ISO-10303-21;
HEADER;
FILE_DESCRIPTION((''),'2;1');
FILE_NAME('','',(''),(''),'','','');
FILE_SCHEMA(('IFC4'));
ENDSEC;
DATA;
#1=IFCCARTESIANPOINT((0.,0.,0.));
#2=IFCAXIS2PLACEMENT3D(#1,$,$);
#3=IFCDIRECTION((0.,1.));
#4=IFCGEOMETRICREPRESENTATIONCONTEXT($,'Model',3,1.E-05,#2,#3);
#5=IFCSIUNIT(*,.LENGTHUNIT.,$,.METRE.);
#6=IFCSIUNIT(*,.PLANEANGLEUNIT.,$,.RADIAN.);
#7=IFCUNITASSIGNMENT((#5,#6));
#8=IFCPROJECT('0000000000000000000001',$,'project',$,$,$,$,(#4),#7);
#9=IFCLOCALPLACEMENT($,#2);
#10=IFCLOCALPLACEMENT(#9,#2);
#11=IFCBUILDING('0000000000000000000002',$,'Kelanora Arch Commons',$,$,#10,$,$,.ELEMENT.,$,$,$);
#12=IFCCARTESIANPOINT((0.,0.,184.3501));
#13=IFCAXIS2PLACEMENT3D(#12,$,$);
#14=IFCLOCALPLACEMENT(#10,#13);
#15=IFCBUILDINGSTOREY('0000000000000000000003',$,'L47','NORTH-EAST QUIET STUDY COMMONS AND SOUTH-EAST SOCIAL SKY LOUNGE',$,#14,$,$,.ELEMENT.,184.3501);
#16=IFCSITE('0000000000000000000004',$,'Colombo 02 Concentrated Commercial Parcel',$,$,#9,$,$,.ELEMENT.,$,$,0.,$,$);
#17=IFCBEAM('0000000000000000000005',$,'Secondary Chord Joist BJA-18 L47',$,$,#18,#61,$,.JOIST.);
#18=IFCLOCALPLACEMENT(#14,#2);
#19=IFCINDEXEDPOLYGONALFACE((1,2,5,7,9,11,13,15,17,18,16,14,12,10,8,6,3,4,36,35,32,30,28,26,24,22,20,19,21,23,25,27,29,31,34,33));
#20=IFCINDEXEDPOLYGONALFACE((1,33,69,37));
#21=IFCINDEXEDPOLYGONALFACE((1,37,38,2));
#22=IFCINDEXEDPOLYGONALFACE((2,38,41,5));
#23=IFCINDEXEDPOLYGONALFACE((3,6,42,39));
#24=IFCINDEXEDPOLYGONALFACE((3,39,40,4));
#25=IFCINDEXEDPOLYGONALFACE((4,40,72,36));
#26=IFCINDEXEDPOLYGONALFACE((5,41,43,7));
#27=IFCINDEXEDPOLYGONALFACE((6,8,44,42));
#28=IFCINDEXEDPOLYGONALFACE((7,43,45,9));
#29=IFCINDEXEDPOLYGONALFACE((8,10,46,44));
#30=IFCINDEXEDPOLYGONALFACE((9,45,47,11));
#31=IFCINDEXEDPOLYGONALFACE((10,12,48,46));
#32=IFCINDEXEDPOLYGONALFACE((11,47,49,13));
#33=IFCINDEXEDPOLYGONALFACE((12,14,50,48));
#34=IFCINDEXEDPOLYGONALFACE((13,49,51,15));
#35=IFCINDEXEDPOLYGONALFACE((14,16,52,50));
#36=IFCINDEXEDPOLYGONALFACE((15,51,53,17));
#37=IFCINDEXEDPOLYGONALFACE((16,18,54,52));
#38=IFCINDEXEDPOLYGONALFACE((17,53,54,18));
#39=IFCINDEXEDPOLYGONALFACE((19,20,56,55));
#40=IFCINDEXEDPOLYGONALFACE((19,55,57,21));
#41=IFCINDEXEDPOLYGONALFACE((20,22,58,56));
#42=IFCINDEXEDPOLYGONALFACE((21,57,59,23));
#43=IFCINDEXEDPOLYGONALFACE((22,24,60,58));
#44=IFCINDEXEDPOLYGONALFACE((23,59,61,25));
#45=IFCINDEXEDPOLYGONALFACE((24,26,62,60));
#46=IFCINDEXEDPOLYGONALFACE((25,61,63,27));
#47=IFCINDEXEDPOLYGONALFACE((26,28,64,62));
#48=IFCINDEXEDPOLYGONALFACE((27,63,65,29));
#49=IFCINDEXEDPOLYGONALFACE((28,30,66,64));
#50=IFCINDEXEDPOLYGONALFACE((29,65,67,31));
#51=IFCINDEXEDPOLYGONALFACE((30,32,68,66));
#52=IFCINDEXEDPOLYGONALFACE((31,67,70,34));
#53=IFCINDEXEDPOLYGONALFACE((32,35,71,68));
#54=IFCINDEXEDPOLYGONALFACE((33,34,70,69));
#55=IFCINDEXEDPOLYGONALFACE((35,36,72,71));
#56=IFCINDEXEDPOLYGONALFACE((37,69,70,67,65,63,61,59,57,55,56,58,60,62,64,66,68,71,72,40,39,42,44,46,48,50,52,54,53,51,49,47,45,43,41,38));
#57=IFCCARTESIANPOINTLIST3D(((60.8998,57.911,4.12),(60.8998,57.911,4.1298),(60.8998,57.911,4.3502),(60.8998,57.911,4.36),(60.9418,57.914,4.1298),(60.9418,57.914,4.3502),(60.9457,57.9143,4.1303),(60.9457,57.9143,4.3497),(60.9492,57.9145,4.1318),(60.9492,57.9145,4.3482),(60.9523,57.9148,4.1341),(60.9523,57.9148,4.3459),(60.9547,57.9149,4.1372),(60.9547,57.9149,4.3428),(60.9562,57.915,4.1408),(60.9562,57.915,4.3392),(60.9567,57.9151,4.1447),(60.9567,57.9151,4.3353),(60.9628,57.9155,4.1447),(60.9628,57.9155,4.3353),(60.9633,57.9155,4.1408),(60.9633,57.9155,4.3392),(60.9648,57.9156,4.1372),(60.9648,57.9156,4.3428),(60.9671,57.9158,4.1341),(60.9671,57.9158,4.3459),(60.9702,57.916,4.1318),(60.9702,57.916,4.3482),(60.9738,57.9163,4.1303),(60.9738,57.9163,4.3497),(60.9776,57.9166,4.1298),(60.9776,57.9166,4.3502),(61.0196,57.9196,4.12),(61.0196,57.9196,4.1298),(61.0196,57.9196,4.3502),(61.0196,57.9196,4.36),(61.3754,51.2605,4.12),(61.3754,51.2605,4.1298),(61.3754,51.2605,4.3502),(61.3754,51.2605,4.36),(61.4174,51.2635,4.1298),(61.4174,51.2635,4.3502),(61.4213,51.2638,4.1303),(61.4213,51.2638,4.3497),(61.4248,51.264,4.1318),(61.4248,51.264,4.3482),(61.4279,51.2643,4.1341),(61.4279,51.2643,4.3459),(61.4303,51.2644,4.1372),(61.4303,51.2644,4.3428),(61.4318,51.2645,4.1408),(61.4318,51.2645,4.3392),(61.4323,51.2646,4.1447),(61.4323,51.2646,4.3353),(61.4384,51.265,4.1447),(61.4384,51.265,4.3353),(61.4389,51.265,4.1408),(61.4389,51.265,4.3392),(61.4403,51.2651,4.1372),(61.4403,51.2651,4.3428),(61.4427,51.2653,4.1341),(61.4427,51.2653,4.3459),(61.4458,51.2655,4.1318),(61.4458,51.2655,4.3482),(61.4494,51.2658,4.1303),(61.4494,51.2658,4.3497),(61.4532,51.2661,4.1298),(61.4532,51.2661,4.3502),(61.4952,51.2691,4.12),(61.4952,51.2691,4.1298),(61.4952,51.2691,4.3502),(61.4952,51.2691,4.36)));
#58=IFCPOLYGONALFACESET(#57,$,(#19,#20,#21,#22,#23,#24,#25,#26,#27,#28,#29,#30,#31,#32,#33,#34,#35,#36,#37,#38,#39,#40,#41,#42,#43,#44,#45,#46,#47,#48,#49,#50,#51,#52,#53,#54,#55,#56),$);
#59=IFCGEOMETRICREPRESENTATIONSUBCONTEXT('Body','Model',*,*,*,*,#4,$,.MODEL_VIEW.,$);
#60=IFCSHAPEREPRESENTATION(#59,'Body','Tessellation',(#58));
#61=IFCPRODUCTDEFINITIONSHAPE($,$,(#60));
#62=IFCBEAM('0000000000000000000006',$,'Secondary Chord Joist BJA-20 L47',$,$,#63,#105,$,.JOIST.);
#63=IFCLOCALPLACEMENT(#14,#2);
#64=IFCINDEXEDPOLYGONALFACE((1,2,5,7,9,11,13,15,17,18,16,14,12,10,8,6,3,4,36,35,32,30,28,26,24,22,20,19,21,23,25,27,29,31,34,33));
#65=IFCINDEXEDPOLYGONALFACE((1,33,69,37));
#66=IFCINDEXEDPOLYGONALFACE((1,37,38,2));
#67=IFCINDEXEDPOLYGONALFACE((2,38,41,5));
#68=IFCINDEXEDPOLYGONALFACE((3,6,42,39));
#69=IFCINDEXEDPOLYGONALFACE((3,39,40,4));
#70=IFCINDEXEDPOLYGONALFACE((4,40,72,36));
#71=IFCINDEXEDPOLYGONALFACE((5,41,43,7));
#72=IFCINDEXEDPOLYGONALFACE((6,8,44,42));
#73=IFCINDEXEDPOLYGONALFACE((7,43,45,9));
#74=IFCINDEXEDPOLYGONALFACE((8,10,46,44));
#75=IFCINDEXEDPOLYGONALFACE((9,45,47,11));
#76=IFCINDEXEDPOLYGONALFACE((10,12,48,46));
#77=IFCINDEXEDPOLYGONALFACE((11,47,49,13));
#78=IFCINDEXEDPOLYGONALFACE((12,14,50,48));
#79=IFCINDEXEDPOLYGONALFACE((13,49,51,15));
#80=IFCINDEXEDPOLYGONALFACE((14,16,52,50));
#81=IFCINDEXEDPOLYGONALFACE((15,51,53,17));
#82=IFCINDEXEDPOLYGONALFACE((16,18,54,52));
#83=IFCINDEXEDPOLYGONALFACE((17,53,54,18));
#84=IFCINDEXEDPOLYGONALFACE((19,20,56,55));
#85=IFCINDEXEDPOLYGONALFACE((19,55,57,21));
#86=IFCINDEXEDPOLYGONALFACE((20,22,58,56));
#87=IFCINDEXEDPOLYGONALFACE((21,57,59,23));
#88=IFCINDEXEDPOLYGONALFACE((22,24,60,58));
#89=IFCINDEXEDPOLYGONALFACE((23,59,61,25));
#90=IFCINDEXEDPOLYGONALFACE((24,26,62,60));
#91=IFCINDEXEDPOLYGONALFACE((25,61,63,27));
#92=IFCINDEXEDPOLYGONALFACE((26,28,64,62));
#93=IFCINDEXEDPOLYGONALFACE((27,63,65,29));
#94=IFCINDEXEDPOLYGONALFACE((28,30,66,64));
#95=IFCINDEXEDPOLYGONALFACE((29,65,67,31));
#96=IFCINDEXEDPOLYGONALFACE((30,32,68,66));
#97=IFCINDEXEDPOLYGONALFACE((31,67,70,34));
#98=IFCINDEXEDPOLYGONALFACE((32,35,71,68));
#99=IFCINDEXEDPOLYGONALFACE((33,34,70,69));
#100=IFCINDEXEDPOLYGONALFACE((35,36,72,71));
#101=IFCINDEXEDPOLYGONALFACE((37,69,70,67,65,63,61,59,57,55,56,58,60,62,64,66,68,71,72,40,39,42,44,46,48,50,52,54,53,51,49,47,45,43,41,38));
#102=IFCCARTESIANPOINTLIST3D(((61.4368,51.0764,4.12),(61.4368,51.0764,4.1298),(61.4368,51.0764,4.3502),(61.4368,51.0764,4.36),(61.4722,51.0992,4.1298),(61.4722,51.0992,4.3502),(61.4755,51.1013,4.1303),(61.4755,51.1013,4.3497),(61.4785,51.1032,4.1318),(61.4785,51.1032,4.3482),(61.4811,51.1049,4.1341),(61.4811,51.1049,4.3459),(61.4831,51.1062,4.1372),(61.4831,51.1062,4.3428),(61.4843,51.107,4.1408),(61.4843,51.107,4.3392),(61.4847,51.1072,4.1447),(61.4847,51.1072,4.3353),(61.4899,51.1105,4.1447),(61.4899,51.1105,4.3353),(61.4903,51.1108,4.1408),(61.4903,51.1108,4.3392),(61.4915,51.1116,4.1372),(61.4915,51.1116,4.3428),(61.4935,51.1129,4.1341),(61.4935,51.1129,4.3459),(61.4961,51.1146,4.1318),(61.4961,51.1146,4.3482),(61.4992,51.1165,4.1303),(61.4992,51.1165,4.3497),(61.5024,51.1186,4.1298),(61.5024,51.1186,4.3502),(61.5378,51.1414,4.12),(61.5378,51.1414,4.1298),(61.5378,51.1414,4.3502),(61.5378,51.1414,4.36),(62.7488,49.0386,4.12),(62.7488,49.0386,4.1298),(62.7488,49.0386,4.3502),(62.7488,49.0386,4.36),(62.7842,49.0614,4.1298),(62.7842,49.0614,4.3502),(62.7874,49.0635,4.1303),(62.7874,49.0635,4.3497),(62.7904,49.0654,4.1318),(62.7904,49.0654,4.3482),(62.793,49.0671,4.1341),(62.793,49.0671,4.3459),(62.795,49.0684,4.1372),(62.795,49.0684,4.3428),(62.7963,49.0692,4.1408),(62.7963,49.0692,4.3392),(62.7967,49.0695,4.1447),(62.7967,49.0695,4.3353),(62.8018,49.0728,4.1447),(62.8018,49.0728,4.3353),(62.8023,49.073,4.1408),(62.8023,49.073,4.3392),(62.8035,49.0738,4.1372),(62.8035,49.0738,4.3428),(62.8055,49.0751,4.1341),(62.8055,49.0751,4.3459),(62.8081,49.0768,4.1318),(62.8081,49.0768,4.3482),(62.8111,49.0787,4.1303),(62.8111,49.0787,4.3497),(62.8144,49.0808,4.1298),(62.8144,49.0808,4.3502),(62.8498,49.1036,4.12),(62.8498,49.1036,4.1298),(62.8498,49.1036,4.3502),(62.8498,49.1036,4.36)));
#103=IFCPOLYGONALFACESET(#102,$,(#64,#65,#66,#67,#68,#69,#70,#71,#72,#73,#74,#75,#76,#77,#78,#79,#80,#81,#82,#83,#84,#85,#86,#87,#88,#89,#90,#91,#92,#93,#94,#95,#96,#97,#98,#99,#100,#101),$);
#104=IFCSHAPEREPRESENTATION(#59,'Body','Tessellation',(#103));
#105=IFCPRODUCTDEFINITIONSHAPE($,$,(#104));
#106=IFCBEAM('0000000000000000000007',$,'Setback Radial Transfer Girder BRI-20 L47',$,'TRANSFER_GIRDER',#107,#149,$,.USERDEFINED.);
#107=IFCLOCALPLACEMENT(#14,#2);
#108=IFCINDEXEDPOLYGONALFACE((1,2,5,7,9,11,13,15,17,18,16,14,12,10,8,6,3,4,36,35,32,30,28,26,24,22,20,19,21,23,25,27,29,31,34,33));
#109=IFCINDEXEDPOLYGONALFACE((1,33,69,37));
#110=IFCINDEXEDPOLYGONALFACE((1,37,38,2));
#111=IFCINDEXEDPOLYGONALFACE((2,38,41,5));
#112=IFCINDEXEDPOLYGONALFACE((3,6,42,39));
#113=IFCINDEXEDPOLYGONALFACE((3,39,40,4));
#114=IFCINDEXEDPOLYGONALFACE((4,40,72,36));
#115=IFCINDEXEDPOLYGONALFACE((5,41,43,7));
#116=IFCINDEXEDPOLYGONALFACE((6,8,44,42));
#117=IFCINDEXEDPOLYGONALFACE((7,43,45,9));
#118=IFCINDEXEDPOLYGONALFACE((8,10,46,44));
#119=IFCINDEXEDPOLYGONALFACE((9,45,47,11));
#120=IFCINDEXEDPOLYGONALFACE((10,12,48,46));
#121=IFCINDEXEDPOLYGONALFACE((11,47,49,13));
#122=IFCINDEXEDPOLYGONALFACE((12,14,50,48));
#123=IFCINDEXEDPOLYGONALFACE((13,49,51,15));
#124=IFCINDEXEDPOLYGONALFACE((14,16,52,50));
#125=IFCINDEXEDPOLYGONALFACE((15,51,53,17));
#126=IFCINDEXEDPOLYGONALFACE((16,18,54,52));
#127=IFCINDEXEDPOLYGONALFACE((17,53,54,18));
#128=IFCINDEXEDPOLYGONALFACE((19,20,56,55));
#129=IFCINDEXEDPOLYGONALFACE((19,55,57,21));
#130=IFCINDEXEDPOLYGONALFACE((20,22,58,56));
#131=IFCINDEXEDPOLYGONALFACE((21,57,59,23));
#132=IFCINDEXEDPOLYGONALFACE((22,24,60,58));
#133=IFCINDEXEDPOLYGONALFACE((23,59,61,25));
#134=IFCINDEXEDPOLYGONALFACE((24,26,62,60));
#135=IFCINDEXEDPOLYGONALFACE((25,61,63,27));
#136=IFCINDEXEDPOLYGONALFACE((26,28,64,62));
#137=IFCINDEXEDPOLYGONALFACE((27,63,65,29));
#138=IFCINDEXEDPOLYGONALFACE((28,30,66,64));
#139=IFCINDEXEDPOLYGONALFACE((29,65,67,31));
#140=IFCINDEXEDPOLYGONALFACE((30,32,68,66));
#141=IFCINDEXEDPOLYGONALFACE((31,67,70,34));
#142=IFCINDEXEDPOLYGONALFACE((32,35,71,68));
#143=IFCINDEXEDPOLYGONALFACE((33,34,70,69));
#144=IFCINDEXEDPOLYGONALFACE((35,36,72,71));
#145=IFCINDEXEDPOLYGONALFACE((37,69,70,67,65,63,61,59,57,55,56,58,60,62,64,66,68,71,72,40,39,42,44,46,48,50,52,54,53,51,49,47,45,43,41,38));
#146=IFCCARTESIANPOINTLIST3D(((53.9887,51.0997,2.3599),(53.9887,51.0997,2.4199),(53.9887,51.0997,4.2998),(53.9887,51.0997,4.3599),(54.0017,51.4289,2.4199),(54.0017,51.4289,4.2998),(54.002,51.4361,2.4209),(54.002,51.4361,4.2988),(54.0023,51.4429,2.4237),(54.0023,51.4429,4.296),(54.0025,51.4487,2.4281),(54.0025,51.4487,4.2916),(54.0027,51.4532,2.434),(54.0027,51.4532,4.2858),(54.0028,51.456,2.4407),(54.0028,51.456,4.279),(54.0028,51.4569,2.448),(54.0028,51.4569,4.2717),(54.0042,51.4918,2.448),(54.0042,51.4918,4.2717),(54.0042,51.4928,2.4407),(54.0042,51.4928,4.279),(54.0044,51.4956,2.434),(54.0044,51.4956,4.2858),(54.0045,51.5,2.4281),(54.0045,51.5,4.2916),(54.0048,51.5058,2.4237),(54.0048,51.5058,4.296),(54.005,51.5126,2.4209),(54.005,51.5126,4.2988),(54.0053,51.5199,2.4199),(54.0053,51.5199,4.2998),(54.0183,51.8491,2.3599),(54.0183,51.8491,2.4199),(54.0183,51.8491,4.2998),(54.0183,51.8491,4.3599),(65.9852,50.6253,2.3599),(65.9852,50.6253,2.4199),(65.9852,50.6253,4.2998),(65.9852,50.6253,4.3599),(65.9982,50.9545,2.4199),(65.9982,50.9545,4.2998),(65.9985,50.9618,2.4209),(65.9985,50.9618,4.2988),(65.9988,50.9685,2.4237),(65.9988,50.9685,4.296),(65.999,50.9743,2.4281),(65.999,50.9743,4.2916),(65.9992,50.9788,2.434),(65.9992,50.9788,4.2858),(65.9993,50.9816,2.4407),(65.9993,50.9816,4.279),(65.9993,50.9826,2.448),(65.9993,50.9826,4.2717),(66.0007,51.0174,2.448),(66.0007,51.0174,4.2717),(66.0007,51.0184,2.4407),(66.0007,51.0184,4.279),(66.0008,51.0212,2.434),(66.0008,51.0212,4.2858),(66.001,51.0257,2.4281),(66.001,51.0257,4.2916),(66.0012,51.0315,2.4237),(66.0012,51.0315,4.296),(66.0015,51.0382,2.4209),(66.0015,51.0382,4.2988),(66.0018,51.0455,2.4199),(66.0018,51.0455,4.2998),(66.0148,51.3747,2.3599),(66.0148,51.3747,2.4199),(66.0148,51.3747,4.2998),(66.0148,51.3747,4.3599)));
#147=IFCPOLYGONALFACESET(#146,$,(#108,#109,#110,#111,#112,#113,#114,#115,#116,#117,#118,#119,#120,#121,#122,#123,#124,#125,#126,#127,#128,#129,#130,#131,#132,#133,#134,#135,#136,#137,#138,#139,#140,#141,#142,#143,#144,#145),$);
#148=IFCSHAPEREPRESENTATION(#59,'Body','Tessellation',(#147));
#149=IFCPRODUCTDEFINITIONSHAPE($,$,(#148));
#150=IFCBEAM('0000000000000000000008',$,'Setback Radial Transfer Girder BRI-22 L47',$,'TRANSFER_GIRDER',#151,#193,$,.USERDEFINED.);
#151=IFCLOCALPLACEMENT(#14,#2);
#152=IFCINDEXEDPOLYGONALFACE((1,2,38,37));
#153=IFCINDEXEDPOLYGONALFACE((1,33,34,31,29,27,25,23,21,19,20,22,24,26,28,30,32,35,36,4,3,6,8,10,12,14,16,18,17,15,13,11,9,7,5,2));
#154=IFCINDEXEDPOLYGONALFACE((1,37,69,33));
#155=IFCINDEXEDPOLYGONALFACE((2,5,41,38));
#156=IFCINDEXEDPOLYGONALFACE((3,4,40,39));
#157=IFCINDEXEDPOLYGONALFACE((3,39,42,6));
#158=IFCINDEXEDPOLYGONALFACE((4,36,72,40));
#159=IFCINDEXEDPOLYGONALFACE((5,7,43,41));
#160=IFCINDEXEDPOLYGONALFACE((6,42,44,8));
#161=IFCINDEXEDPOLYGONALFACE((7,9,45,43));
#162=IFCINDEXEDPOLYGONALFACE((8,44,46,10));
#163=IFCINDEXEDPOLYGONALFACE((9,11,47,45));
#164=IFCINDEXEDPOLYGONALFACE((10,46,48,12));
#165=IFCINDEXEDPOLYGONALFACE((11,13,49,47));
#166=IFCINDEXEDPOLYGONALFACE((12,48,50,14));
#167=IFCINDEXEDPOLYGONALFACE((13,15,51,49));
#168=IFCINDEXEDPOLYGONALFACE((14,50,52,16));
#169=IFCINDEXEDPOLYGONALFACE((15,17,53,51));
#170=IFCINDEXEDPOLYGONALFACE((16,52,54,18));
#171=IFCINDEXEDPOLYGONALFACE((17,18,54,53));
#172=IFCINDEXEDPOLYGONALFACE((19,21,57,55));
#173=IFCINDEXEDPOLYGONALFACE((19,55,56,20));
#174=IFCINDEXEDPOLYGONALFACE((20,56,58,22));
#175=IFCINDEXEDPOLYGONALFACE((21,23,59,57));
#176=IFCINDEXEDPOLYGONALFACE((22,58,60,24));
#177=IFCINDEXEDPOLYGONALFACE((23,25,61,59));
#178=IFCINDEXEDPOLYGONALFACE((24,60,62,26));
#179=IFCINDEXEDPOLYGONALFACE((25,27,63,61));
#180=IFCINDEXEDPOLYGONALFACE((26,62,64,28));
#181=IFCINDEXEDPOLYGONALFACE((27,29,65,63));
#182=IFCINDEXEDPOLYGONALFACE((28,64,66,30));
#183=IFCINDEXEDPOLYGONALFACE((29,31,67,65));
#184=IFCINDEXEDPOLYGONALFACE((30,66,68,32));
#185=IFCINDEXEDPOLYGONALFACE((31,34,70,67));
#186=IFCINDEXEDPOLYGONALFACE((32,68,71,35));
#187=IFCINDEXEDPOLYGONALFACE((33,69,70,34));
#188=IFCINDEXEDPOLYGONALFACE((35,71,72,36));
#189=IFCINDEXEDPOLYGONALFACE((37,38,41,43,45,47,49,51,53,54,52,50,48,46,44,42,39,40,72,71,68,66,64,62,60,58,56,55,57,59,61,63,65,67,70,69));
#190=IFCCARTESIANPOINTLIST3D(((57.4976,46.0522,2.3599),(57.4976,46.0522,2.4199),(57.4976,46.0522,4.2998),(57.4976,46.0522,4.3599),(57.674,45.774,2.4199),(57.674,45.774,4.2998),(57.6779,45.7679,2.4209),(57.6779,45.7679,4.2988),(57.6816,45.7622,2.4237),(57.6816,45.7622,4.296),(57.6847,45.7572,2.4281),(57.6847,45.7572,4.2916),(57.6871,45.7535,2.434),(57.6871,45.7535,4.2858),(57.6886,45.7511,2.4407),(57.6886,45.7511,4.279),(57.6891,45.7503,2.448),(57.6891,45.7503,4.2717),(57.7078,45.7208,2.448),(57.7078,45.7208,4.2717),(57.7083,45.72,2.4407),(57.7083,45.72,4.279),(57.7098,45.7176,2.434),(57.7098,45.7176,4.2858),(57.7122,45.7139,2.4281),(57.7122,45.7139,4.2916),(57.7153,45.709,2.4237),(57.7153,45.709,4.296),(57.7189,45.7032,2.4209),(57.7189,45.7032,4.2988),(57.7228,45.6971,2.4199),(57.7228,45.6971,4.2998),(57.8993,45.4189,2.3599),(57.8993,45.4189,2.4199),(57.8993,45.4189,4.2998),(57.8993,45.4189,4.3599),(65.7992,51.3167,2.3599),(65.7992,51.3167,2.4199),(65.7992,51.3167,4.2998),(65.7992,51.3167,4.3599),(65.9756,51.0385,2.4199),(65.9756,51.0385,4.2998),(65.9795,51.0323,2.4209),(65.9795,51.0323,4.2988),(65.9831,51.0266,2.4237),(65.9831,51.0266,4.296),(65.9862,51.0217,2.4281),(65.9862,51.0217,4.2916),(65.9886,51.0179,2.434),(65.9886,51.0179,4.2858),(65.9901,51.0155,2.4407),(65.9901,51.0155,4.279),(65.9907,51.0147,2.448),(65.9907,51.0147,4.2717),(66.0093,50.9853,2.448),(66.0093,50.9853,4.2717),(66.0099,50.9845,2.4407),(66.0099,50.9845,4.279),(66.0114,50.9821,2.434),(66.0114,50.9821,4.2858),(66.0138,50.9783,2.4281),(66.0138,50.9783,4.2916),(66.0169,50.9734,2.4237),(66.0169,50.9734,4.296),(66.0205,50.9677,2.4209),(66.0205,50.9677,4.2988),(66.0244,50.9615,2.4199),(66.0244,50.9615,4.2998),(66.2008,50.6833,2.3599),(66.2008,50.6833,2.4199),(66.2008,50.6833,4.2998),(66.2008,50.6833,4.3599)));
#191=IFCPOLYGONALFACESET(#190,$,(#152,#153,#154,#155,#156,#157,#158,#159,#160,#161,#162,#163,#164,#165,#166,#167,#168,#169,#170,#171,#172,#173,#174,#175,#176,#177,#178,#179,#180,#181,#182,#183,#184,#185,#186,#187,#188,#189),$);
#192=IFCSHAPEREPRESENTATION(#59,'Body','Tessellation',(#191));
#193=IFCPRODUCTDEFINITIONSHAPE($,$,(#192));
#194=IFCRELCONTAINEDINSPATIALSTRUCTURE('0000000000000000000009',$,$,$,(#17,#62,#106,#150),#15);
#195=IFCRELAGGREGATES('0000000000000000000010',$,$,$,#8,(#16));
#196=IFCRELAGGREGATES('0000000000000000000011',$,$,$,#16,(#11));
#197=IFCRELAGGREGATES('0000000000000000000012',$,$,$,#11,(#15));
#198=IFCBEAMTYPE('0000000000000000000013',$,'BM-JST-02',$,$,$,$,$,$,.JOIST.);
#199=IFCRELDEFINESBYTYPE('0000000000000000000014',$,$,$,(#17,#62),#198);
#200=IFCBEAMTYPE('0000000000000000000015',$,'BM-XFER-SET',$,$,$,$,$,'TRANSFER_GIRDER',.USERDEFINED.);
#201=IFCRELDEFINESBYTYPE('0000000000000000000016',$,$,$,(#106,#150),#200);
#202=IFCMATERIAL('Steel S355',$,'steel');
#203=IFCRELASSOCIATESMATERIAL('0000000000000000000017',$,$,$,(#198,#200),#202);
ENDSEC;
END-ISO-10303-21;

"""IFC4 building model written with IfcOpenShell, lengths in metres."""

from ifc_helpers import new_model, si_unit, direction, frame, origin, origin_2d, place, context, subcontext, project, spatial, i_section, extrude, material, material_profile, profile_set, type_object, element, save


model = new_model("IFC4")

# Units and contexts
model_context = context("Model", 3, precision=1e-05, world=origin(), true_north=direction((0.0, 1.0)))
body_context = subcontext(model_context, "Body", "Model", "MODEL_VIEW")
ifc_project = project(units=[si_unit("LENGTHUNIT", "METRE"), si_unit("PLANEANGLEUNIT", "RADIAN")], contexts=[model_context])

# Site, building, storey
site_placement = place(None, origin())
site = spatial("IfcSite", under=ifc_project, at=site_placement, Name="Colombo 02 Concentrated Commercial Parcel", CompositionType="ELEMENT", RefElevation=0.0)
building_placement = place(site_placement, origin())
building = spatial("IfcBuilding", under=site, at=building_placement, Name="Kelanora Arch Commons", CompositionType="ELEMENT")
storey_placement = place(building_placement, frame((0.0, 0.0, 184.3501)))
storey = spatial("IfcBuildingStorey", under=building, at=storey_placement, Name="L47", Description="NORTH-EAST QUIET STUDY COMMONS AND SOUTH-EAST SOCIAL SKY LOUNGE", CompositionType="ELEMENT", Elevation=184.3501)

# Beams
ifc_material_1 = material(Name="Steel S355", Category="steel")
ifc_material_profile_1 = material_profile(ifc_material_1, i_section(OverallWidth=0.1201, OverallDepth=0.24, WebThickness=0.0061, FlangeThickness=0.0098, FilletRadius=0.0149, at=origin_2d()), Name="IPE240")
ifc_profile_set_1 = profile_set([ifc_material_profile_1], Name="Steel S355")
beam_type_1 = type_object("IfcBeamType", Name="BM-JST-02", PredefinedType="JOIST", material=ifc_profile_set_1)
beam_1_placement = place(storey_placement, frame((60.9597, 57.9153, 4.24), z_axis=(0.07133, -0.997453, 0.0), x_axis=(0.997453, 0.07133, 0.0)))
element("IfcBeam", 1, at=beam_1_placement, inside=storey, type_object=beam_type_1, Name="Secondary Chord Joist BJA-18 L47", PredefinedType="JOIST", context=body_context, shape_type="SweptSolid", body=[
    extrude(i_section(OverallWidth=0.1201, OverallDepth=0.24, WebThickness=0.0061, FlangeThickness=0.0098, FilletRadius=0.0149, at=origin_2d()), origin(), (0.0, 0.0, 1.0), 6.6675),
])
beam_2_placement = place(storey_placement, frame((61.4873, 51.1089, 4.24), z_axis=(0.541333, -0.840808, 0.0), x_axis=(0.840808, 0.541333, 0.0)))
element("IfcBeam", 2, at=beam_2_placement, inside=storey, type_object=beam_type_1, Name="Secondary Chord Joist BJA-20 L47", PredefinedType="JOIST", context=body_context, shape_type="SweptSolid", body=[
    extrude(i_section(OverallWidth=0.1201, OverallDepth=0.24, WebThickness=0.0061, FlangeThickness=0.0098, FilletRadius=0.0149, at=origin_2d()), origin(), (0.0, 0.0, 1.0), 2.4236),
])
ifc_material_profile_2 = material_profile(ifc_material_1, i_section(OverallWidth=0.75, OverallDepth=2.0, WebThickness=0.0349, FlangeThickness=0.0601, FilletRadius=0.0281, at=origin_2d()), Name="PG2000x750")
ifc_profile_set_2 = profile_set([ifc_material_profile_2], Name="Steel S355")
beam_type_2 = type_object("IfcBeamType", Name="BM-XFER-SET", ElementType="TRANSFER_GIRDER", PredefinedType="USERDEFINED", material=ifc_profile_set_2)
beam_3_placement = place(storey_placement, frame((66.0, 51.0, 3.3599), z_axis=(-0.999219, 0.039511, 0.0), x_axis=(-0.039511, -0.999219, 0.0)))
element("IfcBeam", 3, at=beam_3_placement, inside=storey, type_object=beam_type_2, Name="Setback Radial Transfer Girder BRI-20 L47", ObjectType="TRANSFER_GIRDER", PredefinedType="USERDEFINED", context=body_context, shape_type="SweptSolid", body=[
    extrude(i_section(OverallWidth=0.75, OverallDepth=2.0, WebThickness=0.0349, FlangeThickness=0.0601, FilletRadius=0.0281, at=origin_2d()), origin(), (0.0, 0.0, 1.0), 12.0059),
])
beam_4_placement = place(storey_placement, frame((66.0, 51.0, 3.3599), z_axis=(-0.844507, -0.535544, 0.0), x_axis=(0.535544, -0.844507, 0.0)))
element("IfcBeam", 4, at=beam_4_placement, inside=storey, type_object=beam_type_2, Name="Setback Radial Transfer Girder BRI-22 L47", ObjectType="TRANSFER_GIRDER", PredefinedType="USERDEFINED", context=body_context, shape_type="SweptSolid", body=[
    extrude(i_section(OverallWidth=0.75, OverallDepth=2.0, WebThickness=0.0349, FlangeThickness=0.0601, FilletRadius=0.0281, at=origin_2d()), origin(), (0.0, 0.0, 1.0), 9.8301),
])

save(model, "model.ifc")
